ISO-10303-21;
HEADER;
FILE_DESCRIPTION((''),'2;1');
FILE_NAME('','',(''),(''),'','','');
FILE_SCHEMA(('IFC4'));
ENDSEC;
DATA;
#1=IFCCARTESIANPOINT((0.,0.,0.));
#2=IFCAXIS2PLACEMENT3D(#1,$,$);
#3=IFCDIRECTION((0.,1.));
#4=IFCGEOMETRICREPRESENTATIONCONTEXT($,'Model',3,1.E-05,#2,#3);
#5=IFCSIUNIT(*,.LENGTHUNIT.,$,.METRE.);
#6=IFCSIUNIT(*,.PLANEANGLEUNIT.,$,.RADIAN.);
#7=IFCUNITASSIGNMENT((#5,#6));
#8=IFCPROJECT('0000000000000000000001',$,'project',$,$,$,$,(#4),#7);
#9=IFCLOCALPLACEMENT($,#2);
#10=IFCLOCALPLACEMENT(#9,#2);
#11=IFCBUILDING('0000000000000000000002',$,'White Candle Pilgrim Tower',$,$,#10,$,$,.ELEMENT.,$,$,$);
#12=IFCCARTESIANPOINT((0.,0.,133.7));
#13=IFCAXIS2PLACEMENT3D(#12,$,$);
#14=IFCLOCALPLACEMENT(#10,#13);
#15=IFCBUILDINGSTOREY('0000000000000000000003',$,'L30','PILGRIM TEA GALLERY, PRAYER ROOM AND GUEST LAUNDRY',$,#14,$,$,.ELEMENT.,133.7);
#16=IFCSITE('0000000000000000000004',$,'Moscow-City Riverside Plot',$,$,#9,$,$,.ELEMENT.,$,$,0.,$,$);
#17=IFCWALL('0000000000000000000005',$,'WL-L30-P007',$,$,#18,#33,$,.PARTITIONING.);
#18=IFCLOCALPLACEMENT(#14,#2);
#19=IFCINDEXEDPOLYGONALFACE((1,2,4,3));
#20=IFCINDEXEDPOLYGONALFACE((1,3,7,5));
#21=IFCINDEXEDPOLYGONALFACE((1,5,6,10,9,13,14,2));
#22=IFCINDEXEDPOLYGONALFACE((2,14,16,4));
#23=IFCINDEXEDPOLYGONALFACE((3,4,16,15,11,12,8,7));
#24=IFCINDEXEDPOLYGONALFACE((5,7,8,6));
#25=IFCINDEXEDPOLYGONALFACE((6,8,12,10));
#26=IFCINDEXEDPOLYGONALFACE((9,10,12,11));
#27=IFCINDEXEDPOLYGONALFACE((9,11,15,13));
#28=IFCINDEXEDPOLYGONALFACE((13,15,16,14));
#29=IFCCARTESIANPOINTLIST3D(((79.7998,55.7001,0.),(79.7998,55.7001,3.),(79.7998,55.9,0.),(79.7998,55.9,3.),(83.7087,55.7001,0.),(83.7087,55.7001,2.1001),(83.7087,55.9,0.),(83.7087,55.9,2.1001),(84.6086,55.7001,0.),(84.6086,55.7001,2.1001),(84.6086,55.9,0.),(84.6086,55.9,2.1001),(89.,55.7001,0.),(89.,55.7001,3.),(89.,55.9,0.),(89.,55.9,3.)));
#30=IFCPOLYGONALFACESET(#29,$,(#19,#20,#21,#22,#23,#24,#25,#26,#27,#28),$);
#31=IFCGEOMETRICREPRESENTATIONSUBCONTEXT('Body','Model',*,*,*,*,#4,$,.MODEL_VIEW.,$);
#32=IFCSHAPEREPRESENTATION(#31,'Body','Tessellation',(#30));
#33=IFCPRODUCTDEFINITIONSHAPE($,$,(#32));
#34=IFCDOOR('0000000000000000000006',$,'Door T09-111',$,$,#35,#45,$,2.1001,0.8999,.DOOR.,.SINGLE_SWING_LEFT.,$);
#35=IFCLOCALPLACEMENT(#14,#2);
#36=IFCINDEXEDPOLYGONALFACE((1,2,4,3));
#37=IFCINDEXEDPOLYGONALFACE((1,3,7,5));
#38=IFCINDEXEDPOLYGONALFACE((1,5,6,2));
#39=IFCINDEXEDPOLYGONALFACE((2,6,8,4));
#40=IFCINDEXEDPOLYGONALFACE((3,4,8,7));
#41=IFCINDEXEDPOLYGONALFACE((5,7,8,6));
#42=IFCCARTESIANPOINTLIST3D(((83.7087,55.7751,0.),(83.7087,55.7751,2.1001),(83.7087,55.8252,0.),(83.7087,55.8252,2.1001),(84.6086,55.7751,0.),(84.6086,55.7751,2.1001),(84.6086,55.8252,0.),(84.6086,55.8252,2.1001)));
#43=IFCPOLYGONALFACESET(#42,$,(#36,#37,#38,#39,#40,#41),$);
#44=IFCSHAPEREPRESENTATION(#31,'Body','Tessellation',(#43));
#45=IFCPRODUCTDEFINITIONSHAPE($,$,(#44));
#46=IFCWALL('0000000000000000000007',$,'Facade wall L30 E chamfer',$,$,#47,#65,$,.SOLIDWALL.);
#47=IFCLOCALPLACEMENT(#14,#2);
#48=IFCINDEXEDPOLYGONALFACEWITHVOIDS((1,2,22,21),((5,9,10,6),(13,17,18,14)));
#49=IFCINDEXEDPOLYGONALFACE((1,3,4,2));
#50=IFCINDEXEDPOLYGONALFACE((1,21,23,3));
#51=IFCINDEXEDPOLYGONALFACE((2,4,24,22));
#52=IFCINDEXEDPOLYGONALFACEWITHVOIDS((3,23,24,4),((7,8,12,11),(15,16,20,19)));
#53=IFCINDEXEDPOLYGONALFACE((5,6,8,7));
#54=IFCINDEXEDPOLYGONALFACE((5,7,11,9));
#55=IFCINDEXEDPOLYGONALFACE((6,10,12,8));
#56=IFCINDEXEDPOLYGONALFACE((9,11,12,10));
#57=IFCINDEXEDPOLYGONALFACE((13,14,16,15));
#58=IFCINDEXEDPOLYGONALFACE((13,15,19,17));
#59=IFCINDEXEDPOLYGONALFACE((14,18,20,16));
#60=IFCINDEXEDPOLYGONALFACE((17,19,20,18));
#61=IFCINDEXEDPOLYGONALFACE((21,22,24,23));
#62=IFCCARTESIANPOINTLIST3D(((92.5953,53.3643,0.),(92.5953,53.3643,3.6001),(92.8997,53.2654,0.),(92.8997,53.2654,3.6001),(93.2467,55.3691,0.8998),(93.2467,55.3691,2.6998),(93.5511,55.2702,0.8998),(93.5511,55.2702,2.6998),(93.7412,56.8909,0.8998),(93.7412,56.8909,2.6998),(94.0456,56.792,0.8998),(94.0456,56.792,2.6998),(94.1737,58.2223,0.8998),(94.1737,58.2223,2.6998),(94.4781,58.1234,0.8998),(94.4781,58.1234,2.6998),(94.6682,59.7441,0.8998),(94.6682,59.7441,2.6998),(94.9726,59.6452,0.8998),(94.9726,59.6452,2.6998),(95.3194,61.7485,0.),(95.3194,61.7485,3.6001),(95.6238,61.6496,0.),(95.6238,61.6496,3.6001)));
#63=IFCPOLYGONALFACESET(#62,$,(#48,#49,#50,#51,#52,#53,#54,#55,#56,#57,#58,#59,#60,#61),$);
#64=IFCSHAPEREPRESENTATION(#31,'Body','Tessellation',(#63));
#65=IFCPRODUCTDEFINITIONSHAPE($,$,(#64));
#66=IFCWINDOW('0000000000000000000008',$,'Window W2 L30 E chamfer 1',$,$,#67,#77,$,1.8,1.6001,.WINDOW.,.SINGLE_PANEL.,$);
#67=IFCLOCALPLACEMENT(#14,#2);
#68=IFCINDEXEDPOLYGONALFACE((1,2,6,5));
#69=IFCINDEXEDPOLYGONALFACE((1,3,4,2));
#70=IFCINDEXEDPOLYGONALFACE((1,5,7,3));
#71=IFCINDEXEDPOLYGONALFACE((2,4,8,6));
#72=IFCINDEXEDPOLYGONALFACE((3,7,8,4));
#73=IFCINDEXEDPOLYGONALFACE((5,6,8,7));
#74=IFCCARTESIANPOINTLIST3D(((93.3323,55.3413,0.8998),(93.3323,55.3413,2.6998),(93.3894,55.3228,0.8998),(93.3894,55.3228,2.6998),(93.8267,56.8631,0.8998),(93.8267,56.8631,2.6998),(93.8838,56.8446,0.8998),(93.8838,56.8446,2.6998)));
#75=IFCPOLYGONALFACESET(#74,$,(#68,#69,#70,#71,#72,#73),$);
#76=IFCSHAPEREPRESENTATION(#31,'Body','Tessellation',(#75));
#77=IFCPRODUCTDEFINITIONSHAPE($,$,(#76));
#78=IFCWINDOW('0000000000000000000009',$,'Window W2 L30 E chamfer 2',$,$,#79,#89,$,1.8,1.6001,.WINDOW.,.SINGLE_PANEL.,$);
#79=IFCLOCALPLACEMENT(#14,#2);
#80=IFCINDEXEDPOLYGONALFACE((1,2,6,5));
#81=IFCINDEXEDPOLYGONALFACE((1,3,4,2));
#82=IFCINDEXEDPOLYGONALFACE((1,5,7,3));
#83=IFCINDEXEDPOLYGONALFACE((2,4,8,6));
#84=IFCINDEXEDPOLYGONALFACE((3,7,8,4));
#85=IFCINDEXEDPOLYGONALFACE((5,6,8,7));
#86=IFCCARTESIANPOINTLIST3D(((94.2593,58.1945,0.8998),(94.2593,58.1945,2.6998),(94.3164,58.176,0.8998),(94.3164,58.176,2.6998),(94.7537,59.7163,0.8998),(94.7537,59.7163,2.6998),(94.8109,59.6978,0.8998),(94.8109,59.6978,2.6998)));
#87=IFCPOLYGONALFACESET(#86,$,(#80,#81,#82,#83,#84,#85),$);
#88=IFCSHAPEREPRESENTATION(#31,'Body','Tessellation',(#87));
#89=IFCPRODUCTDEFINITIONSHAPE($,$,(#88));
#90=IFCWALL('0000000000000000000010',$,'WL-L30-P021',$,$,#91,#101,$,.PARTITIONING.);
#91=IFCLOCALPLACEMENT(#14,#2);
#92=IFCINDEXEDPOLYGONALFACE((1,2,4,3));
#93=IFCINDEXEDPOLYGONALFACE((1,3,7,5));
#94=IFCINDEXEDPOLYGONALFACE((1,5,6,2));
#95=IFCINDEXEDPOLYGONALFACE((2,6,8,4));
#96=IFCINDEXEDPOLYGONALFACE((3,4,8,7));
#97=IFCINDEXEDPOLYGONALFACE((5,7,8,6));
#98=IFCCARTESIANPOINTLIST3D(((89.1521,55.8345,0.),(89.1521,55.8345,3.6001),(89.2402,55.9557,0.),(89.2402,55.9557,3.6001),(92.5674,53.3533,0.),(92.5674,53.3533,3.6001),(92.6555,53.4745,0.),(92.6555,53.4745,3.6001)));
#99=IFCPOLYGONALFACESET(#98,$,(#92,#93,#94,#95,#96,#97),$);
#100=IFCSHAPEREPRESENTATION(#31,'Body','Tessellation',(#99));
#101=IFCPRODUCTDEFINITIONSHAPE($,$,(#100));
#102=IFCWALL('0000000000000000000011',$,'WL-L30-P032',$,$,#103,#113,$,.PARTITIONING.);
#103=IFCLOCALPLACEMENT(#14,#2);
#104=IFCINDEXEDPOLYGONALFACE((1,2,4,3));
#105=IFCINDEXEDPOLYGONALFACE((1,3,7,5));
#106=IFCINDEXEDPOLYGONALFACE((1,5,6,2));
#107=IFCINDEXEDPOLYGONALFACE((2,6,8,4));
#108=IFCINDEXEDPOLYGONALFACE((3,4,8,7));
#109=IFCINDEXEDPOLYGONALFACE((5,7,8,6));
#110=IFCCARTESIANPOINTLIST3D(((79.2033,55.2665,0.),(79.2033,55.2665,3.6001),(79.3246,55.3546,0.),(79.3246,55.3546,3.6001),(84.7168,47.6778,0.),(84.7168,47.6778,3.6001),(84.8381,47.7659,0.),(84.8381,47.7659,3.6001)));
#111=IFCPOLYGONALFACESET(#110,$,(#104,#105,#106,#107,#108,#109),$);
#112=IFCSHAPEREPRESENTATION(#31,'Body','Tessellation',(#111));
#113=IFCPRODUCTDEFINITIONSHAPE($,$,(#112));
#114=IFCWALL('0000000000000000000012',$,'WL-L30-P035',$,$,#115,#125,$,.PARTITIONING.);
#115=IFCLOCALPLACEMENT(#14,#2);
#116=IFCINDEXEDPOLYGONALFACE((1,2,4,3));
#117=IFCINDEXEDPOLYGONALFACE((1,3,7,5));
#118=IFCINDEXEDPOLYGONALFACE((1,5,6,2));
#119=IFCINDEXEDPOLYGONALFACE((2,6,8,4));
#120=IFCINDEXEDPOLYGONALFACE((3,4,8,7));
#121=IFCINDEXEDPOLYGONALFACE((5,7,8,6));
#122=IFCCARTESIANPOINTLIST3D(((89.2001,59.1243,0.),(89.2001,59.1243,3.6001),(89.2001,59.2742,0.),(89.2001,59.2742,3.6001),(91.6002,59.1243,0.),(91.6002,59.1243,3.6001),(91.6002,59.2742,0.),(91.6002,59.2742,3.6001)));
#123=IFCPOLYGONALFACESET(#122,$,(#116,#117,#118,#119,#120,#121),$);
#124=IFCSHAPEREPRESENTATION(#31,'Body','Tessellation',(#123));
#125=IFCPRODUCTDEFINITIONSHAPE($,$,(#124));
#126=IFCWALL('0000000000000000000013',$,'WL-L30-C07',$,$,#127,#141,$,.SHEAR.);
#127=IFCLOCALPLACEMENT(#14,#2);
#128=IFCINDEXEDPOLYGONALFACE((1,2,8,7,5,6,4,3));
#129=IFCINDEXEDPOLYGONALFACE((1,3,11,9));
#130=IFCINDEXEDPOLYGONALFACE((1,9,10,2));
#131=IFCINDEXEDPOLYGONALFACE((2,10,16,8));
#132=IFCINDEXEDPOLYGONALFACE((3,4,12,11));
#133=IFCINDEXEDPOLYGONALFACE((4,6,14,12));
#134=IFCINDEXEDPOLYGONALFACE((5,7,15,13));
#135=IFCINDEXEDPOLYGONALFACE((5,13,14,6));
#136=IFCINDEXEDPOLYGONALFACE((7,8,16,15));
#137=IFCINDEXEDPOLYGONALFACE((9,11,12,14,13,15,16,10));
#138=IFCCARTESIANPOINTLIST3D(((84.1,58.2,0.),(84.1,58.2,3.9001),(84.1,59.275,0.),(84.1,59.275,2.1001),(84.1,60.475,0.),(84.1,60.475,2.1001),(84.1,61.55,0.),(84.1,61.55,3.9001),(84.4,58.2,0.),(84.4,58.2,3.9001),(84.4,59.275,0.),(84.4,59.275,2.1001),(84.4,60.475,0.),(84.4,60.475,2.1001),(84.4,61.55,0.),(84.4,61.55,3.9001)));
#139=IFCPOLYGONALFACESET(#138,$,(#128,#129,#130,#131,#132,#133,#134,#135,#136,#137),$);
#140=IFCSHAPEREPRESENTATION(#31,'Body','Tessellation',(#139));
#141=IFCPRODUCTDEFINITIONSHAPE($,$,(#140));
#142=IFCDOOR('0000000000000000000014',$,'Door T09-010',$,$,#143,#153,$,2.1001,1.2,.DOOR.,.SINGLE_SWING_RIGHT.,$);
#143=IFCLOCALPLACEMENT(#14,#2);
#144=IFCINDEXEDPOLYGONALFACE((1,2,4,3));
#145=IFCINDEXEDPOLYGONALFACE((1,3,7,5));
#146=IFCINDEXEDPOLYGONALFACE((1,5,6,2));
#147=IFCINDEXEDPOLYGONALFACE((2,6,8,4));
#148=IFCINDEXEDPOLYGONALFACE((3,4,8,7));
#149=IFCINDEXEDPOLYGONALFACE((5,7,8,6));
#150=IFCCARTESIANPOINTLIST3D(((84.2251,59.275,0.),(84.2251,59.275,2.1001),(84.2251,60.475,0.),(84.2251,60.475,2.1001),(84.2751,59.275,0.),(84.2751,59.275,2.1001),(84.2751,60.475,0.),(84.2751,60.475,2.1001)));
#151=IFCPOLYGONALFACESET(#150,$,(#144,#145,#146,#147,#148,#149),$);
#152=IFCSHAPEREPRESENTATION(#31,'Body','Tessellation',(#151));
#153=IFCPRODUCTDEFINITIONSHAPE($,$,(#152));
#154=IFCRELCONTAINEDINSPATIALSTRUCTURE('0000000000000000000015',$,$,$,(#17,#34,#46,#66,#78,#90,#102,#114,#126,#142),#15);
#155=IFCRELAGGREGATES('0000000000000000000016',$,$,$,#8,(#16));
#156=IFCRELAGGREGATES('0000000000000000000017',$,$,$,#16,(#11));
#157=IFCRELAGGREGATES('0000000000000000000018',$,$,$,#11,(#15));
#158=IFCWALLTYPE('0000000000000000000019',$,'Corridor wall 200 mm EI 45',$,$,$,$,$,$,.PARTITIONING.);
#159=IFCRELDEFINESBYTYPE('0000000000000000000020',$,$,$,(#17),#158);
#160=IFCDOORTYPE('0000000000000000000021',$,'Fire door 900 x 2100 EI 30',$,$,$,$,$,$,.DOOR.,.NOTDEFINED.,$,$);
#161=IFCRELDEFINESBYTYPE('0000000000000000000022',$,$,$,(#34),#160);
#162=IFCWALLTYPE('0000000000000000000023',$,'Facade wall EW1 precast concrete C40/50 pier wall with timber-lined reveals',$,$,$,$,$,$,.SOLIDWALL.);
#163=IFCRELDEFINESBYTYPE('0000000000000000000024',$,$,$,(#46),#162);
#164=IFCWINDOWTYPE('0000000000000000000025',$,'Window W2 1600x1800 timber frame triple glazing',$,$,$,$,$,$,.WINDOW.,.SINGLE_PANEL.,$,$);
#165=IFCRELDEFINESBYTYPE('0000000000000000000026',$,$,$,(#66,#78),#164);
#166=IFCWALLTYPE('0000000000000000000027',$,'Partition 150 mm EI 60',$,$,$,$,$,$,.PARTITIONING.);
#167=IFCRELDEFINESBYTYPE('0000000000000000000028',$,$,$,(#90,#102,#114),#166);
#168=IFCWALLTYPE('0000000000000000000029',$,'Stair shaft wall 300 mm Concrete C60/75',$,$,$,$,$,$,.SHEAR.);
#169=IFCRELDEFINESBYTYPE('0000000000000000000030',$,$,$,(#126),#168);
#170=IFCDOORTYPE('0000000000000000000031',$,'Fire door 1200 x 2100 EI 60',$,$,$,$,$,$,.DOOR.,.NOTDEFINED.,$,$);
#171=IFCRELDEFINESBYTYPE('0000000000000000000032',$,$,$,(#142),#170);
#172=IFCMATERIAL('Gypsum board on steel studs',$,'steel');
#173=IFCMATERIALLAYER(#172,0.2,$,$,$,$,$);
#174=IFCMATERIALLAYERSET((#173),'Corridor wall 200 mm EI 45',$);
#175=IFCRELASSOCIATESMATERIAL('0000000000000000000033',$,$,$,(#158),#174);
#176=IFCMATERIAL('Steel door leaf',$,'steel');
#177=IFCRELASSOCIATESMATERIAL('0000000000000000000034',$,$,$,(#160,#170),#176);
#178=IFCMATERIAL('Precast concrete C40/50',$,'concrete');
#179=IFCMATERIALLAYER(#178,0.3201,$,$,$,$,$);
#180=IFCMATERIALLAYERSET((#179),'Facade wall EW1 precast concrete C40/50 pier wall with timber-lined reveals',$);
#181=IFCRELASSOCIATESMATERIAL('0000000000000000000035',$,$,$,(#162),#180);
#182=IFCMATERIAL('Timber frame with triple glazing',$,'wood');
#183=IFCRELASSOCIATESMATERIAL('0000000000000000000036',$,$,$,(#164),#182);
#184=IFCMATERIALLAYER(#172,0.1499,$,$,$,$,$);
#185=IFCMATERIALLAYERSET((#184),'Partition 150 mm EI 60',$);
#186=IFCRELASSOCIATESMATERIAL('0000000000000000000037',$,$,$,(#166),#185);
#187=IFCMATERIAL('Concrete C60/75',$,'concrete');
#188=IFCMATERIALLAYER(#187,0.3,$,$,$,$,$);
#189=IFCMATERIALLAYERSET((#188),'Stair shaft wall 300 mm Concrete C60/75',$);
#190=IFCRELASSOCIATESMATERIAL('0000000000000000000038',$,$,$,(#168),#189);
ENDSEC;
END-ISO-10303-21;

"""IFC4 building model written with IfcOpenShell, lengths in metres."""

from ifc_helpers import new_model, si_unit, direction, frame, frame_2d, origin, place, context, subcontext, project, spatial, rectangle, extrude, material, layer, layer_set, type_object, element, fill, save


model = new_model("IFC4")

# Units and contexts
model_context = context("Model", 3, precision=1e-05, world=origin(), true_north=direction((0.0, 1.0)))
body_context = subcontext(model_context, "Body", "Model", "MODEL_VIEW")
ifc_project = project(units=[si_unit("LENGTHUNIT", "METRE"), si_unit("PLANEANGLEUNIT", "RADIAN")], contexts=[model_context])

# Site, building, storey
site_placement = place(None, origin())
site = spatial("IfcSite", under=ifc_project, at=site_placement, Name="Moscow-City Riverside Plot", CompositionType="ELEMENT", RefElevation=0.0)
building_placement = place(site_placement, origin())
building = spatial("IfcBuilding", under=site, at=building_placement, Name="White Candle Pilgrim Tower", CompositionType="ELEMENT")
storey_placement = place(building_placement, frame((0.0, 0.0, 133.7)))
storey = spatial("IfcBuildingStorey", under=building, at=storey_placement, Name="L30", Description="PILGRIM TEA GALLERY, PRAYER ROOM AND GUEST LAUNDRY", CompositionType="ELEMENT", Elevation=133.7)

# Shared definitions
ifc_material_1 = material(Name="Concrete C60/75", Category="concrete")

# Wall, opening, door
ifc_material_2 = material(Name="Gypsum board on steel studs", Category="steel")
ifc_layer_1 = layer(ifc_material_2, 0.2)
ifc_layer_set_1 = layer_set([ifc_layer_1], Name="Corridor wall 200 mm EI 45")
wall_type_1 = type_object("IfcWallType", Name="Corridor wall 200 mm EI 45", PredefinedType="PARTITIONING", material=ifc_layer_set_1)
wall_1_placement = place(storey_placement, frame((89.0, 55.8, 0.0), z_axis=(0.0, 0.0, 1.0), x_axis=(-1.0, 0.0, 0.0)))
wall_1 = element("IfcWall", 1, at=wall_1_placement, inside=storey, type_object=wall_type_1, Name="WL-L30-P007", PredefinedType="PARTITIONING", context=body_context, shape_type="SweptSolid", body=[
    extrude(rectangle(XDim=9.2002, YDim=0.2, at=frame_2d((4.6001, 0.0))), origin(), (0.0, 0.0, 1.0), 3.0),
])
opening_1_placement = place(wall_1_placement, frame((4.3914, 0.0, 0.0)))
opening_1 = element("IfcOpeningElement", 2, at=opening_1_placement, cuts=wall_1, PredefinedType="OPENING", context=body_context, shape_type="SweptSolid", body=[
    extrude(rectangle(XDim=0.8999, YDim=2.1001, at=frame_2d((0.45, 1.05))), frame((0.0, 0.1099, 0.0), z_axis=(0.0, -1.0, 0.0), x_axis=(1.0, 0.0, 0.0)), (0.0, 0.0, 1.0), 0.22),
])
ifc_material_3 = material(Name="Steel door leaf", Category="steel")
door_type_1 = type_object("IfcDoorType", Name="Fire door 900 x 2100 EI 30", OperationType="NOTDEFINED", PredefinedType="DOOR", material=ifc_material_3)
door_1_placement = place(opening_1_placement, origin())
door_1 = element("IfcDoor", 3, at=door_1_placement, inside=storey, type_object=door_type_1, Name="Door T09-111", OperationType="SINGLE_SWING_LEFT", OverallHeight=2.1001, OverallWidth=0.8999, PredefinedType="DOOR", context=body_context, shape_type="SweptSolid", body=[
    extrude(rectangle(XDim=0.8999, YDim=2.1001, at=frame_2d((0.45, 1.05))), frame((0.0, 0.0249, 0.0), z_axis=(0.0, -1.0, 0.0), x_axis=(1.0, 0.0, 0.0)), (0.0, 0.0, 1.0), 0.05),
])
fill(opening_1, door_1)

# Wall, openings, windows
ifc_material_4 = material(Name="Precast concrete C40/50", Category="concrete")
ifc_layer_2 = layer(ifc_material_4, 0.3201)
ifc_layer_set_2 = layer_set([ifc_layer_2], Name="Facade wall EW1 precast concrete C40/50 pier wall with timber-lined reveals")
wall_type_2 = type_object("IfcWallType", Name="Facade wall EW1 precast concrete C40/50 pier wall with timber-lined reveals", PredefinedType="SOLIDWALL", material=ifc_layer_set_2)
wall_2_placement = place(storey_placement, frame((92.7476, 53.3149, 0.0), z_axis=(0.0, 0.0, 1.0), x_axis=(0.309007, 0.95106, 0.0)))
wall_2 = element("IfcWall", 4, at=wall_2_placement, inside=storey, type_object=wall_type_2, Name="Facade wall L30 E chamfer", PredefinedType="SOLIDWALL", context=body_context, shape_type="SweptSolid", body=[
    extrude(rectangle(XDim=8.8157, YDim=0.3201, at=frame_2d((4.4077, 0.0))), origin(), (0.0, 0.0, 1.0), 3.6001),
])
opening_2_placement = place(wall_2_placement, frame((2.1079, 0.0, 0.8999)))
opening_2 = element("IfcOpeningElement", 5, at=opening_2_placement, cuts=wall_2, PredefinedType="OPENING", context=body_context, shape_type="SweptSolid", body=[
    extrude(rectangle(XDim=1.6001, YDim=1.8, at=frame_2d((0.8, 0.8999))), frame((0.0, 0.1699, 0.0), z_axis=(0.0, -1.0, 0.0), x_axis=(1.0, 0.0, 0.0)), (0.0, 0.0, 1.0), 0.3401),
])
opening_3_placement = place(wall_2_placement, frame((5.1079, 0.0, 0.8999)))
opening_3 = element("IfcOpeningElement", 6, at=opening_3_placement, cuts=wall_2, PredefinedType="OPENING", context=body_context, shape_type="SweptSolid", body=[
    extrude(rectangle(XDim=1.6001, YDim=1.8, at=frame_2d((0.8, 0.8999))), frame((0.0, 0.1699, 0.0), z_axis=(0.0, -1.0, 0.0), x_axis=(1.0, 0.0, 0.0)), (0.0, 0.0, 1.0), 0.3401),
])
ifc_material_5 = material(Name="Timber frame with triple glazing", Category="wood")
window_type = type_object("IfcWindowType", Name="Window W2 1600x1800 timber frame triple glazing", PartitioningType="SINGLE_PANEL", PredefinedType="WINDOW", material=ifc_material_5)
window_1_placement = place(opening_2_placement, origin())
window_1 = element("IfcWindow", 7, at=window_1_placement, inside=storey, type_object=window_type, Name="Window W2 L30 E chamfer 1", OverallHeight=1.8, OverallWidth=1.6001, PartitioningType="SINGLE_PANEL", PredefinedType="WINDOW", context=body_context, shape_type="SweptSolid", body=[
    extrude(rectangle(XDim=1.6001, YDim=1.8, at=frame_2d((0.8, 0.8999))), frame((0.0, 0.0701, 0.0), z_axis=(0.0, -1.0, 0.0), x_axis=(1.0, 0.0, 0.0)), (0.0, 0.0, 1.0), 0.0601),
])
fill(opening_2, window_1)
window_2_placement = place(opening_3_placement, origin())
window_2 = element("IfcWindow", 8, at=window_2_placement, inside=storey, type_object=window_type, Name="Window W2 L30 E chamfer 2", OverallHeight=1.8, OverallWidth=1.6001, PartitioningType="SINGLE_PANEL", PredefinedType="WINDOW", context=body_context, shape_type="SweptSolid", body=[
    extrude(rectangle(XDim=1.6001, YDim=1.8, at=frame_2d((0.8, 0.8999))), frame((0.0, 0.0701, 0.0), z_axis=(0.0, -1.0, 0.0), x_axis=(1.0, 0.0, 0.0)), (0.0, 0.0, 1.0), 0.0601),
])
fill(opening_3, window_2)

# Walls
ifc_layer_3 = layer(ifc_material_2, 0.1499)
ifc_layer_set_3 = layer_set([ifc_layer_3], Name="Partition 150 mm EI 60")
wall_type_3 = type_object("IfcWallType", Name="Partition 150 mm EI 60", PredefinedType="PARTITIONING", material=ifc_layer_set_3)
wall_3_placement = place(storey_placement, frame((92.6116, 53.4138, 0.0), z_axis=(0.0, 0.0, 1.0), x_axis=(-0.809034, 0.587762, 0.0)))
element("IfcWall", 9, at=wall_3_placement, inside=storey, type_object=wall_type_3, Name="WL-L30-P021", PredefinedType="PARTITIONING", context=body_context, shape_type="SweptSolid", body=[
    extrude(rectangle(XDim=4.2214, YDim=0.1499, at=frame_2d((2.1108, 0.0))), origin(), (0.0, 0.0, 1.0), 3.6001),
])
wall_4_placement = place(storey_placement, frame((84.7773, 47.7219, 0.0), z_axis=(0.0, 0.0, 1.0), x_axis=(-0.587783, 0.809018, 0.0)))
element("IfcWall", 10, at=wall_4_placement, inside=storey, type_object=wall_type_3, Name="WL-L30-P032", PredefinedType="PARTITIONING", context=body_context, shape_type="SweptSolid", body=[
    extrude(rectangle(XDim=9.3801, YDim=0.1499, at=frame_2d((4.6899, 0.0))), origin(), (0.0, 0.0, 1.0), 3.6001),
])
wall_5_placement = place(storey_placement, frame((89.2, 59.1992, 0.0), z_axis=(0.0, 0.0, 1.0), x_axis=(1.0, 0.0, 0.0)))
element("IfcWall", 11, at=wall_5_placement, inside=storey, type_object=wall_type_3, Name="WL-L30-P035", PredefinedType="PARTITIONING", context=body_context, shape_type="SweptSolid", body=[
    extrude(rectangle(XDim=2.4001, YDim=0.1499, at=frame_2d((1.2002, 0.0))), origin(), (0.0, 0.0, 1.0), 3.6001),
])

# Wall, opening, door
ifc_layer_4 = layer(ifc_material_1, 0.3)
ifc_layer_set_4 = layer_set([ifc_layer_4], Name="Stair shaft wall 300 mm Concrete C60/75")
wall_type_4 = type_object("IfcWallType", Name="Stair shaft wall 300 mm Concrete C60/75", PredefinedType="SHEAR", material=ifc_layer_set_4)
wall_6_placement = place(storey_placement, frame((84.25, 58.2, 0.0), z_axis=(0.0, 0.0, 1.0), x_axis=(0.0, 1.0, 0.0)))
wall_6 = element("IfcWall", 12, at=wall_6_placement, inside=storey, type_object=wall_type_4, Name="WL-L30-C07", PredefinedType="SHEAR", context=body_context, shape_type="SweptSolid", body=[
    extrude(rectangle(XDim=3.3501, YDim=0.3, at=frame_2d((1.675, 0.0))), origin(), (0.0, 0.0, 1.0), 3.9001),
])
opening_4_placement = place(wall_6_placement, frame((1.075, 0.0, 0.0)))
opening_4 = element("IfcOpeningElement", 13, at=opening_4_placement, cuts=wall_6, PredefinedType="OPENING", context=body_context, shape_type="SweptSolid", body=[
    extrude(rectangle(XDim=1.2, YDim=2.1001, at=frame_2d((0.6001, 1.05))), frame((0.0, 0.1599, 0.0), z_axis=(0.0, -1.0, 0.0), x_axis=(1.0, 0.0, 0.0)), (0.0, 0.0, 1.0), 0.3201),
])
door_type_2 = type_object("IfcDoorType", Name="Fire door 1200 x 2100 EI 60", OperationType="NOTDEFINED", PredefinedType="DOOR", material=ifc_material_3)
door_2_placement = place(opening_4_placement, origin())
door_2 = element("IfcDoor", 14, at=door_2_placement, inside=storey, type_object=door_type_2, Name="Door T09-010", OperationType="SINGLE_SWING_RIGHT", OverallHeight=2.1001, OverallWidth=1.2, PredefinedType="DOOR", context=body_context, shape_type="SweptSolid", body=[
    extrude(rectangle(XDim=1.2, YDim=2.1001, at=frame_2d((0.6001, 1.05))), frame((0.0, 0.0249, 0.0), z_axis=(0.0, -1.0, 0.0), x_axis=(1.0, 0.0, 0.0)), (0.0, 0.0, 1.0), 0.05),
])
fill(opening_4, door_2)

save(model, "model.ifc")
